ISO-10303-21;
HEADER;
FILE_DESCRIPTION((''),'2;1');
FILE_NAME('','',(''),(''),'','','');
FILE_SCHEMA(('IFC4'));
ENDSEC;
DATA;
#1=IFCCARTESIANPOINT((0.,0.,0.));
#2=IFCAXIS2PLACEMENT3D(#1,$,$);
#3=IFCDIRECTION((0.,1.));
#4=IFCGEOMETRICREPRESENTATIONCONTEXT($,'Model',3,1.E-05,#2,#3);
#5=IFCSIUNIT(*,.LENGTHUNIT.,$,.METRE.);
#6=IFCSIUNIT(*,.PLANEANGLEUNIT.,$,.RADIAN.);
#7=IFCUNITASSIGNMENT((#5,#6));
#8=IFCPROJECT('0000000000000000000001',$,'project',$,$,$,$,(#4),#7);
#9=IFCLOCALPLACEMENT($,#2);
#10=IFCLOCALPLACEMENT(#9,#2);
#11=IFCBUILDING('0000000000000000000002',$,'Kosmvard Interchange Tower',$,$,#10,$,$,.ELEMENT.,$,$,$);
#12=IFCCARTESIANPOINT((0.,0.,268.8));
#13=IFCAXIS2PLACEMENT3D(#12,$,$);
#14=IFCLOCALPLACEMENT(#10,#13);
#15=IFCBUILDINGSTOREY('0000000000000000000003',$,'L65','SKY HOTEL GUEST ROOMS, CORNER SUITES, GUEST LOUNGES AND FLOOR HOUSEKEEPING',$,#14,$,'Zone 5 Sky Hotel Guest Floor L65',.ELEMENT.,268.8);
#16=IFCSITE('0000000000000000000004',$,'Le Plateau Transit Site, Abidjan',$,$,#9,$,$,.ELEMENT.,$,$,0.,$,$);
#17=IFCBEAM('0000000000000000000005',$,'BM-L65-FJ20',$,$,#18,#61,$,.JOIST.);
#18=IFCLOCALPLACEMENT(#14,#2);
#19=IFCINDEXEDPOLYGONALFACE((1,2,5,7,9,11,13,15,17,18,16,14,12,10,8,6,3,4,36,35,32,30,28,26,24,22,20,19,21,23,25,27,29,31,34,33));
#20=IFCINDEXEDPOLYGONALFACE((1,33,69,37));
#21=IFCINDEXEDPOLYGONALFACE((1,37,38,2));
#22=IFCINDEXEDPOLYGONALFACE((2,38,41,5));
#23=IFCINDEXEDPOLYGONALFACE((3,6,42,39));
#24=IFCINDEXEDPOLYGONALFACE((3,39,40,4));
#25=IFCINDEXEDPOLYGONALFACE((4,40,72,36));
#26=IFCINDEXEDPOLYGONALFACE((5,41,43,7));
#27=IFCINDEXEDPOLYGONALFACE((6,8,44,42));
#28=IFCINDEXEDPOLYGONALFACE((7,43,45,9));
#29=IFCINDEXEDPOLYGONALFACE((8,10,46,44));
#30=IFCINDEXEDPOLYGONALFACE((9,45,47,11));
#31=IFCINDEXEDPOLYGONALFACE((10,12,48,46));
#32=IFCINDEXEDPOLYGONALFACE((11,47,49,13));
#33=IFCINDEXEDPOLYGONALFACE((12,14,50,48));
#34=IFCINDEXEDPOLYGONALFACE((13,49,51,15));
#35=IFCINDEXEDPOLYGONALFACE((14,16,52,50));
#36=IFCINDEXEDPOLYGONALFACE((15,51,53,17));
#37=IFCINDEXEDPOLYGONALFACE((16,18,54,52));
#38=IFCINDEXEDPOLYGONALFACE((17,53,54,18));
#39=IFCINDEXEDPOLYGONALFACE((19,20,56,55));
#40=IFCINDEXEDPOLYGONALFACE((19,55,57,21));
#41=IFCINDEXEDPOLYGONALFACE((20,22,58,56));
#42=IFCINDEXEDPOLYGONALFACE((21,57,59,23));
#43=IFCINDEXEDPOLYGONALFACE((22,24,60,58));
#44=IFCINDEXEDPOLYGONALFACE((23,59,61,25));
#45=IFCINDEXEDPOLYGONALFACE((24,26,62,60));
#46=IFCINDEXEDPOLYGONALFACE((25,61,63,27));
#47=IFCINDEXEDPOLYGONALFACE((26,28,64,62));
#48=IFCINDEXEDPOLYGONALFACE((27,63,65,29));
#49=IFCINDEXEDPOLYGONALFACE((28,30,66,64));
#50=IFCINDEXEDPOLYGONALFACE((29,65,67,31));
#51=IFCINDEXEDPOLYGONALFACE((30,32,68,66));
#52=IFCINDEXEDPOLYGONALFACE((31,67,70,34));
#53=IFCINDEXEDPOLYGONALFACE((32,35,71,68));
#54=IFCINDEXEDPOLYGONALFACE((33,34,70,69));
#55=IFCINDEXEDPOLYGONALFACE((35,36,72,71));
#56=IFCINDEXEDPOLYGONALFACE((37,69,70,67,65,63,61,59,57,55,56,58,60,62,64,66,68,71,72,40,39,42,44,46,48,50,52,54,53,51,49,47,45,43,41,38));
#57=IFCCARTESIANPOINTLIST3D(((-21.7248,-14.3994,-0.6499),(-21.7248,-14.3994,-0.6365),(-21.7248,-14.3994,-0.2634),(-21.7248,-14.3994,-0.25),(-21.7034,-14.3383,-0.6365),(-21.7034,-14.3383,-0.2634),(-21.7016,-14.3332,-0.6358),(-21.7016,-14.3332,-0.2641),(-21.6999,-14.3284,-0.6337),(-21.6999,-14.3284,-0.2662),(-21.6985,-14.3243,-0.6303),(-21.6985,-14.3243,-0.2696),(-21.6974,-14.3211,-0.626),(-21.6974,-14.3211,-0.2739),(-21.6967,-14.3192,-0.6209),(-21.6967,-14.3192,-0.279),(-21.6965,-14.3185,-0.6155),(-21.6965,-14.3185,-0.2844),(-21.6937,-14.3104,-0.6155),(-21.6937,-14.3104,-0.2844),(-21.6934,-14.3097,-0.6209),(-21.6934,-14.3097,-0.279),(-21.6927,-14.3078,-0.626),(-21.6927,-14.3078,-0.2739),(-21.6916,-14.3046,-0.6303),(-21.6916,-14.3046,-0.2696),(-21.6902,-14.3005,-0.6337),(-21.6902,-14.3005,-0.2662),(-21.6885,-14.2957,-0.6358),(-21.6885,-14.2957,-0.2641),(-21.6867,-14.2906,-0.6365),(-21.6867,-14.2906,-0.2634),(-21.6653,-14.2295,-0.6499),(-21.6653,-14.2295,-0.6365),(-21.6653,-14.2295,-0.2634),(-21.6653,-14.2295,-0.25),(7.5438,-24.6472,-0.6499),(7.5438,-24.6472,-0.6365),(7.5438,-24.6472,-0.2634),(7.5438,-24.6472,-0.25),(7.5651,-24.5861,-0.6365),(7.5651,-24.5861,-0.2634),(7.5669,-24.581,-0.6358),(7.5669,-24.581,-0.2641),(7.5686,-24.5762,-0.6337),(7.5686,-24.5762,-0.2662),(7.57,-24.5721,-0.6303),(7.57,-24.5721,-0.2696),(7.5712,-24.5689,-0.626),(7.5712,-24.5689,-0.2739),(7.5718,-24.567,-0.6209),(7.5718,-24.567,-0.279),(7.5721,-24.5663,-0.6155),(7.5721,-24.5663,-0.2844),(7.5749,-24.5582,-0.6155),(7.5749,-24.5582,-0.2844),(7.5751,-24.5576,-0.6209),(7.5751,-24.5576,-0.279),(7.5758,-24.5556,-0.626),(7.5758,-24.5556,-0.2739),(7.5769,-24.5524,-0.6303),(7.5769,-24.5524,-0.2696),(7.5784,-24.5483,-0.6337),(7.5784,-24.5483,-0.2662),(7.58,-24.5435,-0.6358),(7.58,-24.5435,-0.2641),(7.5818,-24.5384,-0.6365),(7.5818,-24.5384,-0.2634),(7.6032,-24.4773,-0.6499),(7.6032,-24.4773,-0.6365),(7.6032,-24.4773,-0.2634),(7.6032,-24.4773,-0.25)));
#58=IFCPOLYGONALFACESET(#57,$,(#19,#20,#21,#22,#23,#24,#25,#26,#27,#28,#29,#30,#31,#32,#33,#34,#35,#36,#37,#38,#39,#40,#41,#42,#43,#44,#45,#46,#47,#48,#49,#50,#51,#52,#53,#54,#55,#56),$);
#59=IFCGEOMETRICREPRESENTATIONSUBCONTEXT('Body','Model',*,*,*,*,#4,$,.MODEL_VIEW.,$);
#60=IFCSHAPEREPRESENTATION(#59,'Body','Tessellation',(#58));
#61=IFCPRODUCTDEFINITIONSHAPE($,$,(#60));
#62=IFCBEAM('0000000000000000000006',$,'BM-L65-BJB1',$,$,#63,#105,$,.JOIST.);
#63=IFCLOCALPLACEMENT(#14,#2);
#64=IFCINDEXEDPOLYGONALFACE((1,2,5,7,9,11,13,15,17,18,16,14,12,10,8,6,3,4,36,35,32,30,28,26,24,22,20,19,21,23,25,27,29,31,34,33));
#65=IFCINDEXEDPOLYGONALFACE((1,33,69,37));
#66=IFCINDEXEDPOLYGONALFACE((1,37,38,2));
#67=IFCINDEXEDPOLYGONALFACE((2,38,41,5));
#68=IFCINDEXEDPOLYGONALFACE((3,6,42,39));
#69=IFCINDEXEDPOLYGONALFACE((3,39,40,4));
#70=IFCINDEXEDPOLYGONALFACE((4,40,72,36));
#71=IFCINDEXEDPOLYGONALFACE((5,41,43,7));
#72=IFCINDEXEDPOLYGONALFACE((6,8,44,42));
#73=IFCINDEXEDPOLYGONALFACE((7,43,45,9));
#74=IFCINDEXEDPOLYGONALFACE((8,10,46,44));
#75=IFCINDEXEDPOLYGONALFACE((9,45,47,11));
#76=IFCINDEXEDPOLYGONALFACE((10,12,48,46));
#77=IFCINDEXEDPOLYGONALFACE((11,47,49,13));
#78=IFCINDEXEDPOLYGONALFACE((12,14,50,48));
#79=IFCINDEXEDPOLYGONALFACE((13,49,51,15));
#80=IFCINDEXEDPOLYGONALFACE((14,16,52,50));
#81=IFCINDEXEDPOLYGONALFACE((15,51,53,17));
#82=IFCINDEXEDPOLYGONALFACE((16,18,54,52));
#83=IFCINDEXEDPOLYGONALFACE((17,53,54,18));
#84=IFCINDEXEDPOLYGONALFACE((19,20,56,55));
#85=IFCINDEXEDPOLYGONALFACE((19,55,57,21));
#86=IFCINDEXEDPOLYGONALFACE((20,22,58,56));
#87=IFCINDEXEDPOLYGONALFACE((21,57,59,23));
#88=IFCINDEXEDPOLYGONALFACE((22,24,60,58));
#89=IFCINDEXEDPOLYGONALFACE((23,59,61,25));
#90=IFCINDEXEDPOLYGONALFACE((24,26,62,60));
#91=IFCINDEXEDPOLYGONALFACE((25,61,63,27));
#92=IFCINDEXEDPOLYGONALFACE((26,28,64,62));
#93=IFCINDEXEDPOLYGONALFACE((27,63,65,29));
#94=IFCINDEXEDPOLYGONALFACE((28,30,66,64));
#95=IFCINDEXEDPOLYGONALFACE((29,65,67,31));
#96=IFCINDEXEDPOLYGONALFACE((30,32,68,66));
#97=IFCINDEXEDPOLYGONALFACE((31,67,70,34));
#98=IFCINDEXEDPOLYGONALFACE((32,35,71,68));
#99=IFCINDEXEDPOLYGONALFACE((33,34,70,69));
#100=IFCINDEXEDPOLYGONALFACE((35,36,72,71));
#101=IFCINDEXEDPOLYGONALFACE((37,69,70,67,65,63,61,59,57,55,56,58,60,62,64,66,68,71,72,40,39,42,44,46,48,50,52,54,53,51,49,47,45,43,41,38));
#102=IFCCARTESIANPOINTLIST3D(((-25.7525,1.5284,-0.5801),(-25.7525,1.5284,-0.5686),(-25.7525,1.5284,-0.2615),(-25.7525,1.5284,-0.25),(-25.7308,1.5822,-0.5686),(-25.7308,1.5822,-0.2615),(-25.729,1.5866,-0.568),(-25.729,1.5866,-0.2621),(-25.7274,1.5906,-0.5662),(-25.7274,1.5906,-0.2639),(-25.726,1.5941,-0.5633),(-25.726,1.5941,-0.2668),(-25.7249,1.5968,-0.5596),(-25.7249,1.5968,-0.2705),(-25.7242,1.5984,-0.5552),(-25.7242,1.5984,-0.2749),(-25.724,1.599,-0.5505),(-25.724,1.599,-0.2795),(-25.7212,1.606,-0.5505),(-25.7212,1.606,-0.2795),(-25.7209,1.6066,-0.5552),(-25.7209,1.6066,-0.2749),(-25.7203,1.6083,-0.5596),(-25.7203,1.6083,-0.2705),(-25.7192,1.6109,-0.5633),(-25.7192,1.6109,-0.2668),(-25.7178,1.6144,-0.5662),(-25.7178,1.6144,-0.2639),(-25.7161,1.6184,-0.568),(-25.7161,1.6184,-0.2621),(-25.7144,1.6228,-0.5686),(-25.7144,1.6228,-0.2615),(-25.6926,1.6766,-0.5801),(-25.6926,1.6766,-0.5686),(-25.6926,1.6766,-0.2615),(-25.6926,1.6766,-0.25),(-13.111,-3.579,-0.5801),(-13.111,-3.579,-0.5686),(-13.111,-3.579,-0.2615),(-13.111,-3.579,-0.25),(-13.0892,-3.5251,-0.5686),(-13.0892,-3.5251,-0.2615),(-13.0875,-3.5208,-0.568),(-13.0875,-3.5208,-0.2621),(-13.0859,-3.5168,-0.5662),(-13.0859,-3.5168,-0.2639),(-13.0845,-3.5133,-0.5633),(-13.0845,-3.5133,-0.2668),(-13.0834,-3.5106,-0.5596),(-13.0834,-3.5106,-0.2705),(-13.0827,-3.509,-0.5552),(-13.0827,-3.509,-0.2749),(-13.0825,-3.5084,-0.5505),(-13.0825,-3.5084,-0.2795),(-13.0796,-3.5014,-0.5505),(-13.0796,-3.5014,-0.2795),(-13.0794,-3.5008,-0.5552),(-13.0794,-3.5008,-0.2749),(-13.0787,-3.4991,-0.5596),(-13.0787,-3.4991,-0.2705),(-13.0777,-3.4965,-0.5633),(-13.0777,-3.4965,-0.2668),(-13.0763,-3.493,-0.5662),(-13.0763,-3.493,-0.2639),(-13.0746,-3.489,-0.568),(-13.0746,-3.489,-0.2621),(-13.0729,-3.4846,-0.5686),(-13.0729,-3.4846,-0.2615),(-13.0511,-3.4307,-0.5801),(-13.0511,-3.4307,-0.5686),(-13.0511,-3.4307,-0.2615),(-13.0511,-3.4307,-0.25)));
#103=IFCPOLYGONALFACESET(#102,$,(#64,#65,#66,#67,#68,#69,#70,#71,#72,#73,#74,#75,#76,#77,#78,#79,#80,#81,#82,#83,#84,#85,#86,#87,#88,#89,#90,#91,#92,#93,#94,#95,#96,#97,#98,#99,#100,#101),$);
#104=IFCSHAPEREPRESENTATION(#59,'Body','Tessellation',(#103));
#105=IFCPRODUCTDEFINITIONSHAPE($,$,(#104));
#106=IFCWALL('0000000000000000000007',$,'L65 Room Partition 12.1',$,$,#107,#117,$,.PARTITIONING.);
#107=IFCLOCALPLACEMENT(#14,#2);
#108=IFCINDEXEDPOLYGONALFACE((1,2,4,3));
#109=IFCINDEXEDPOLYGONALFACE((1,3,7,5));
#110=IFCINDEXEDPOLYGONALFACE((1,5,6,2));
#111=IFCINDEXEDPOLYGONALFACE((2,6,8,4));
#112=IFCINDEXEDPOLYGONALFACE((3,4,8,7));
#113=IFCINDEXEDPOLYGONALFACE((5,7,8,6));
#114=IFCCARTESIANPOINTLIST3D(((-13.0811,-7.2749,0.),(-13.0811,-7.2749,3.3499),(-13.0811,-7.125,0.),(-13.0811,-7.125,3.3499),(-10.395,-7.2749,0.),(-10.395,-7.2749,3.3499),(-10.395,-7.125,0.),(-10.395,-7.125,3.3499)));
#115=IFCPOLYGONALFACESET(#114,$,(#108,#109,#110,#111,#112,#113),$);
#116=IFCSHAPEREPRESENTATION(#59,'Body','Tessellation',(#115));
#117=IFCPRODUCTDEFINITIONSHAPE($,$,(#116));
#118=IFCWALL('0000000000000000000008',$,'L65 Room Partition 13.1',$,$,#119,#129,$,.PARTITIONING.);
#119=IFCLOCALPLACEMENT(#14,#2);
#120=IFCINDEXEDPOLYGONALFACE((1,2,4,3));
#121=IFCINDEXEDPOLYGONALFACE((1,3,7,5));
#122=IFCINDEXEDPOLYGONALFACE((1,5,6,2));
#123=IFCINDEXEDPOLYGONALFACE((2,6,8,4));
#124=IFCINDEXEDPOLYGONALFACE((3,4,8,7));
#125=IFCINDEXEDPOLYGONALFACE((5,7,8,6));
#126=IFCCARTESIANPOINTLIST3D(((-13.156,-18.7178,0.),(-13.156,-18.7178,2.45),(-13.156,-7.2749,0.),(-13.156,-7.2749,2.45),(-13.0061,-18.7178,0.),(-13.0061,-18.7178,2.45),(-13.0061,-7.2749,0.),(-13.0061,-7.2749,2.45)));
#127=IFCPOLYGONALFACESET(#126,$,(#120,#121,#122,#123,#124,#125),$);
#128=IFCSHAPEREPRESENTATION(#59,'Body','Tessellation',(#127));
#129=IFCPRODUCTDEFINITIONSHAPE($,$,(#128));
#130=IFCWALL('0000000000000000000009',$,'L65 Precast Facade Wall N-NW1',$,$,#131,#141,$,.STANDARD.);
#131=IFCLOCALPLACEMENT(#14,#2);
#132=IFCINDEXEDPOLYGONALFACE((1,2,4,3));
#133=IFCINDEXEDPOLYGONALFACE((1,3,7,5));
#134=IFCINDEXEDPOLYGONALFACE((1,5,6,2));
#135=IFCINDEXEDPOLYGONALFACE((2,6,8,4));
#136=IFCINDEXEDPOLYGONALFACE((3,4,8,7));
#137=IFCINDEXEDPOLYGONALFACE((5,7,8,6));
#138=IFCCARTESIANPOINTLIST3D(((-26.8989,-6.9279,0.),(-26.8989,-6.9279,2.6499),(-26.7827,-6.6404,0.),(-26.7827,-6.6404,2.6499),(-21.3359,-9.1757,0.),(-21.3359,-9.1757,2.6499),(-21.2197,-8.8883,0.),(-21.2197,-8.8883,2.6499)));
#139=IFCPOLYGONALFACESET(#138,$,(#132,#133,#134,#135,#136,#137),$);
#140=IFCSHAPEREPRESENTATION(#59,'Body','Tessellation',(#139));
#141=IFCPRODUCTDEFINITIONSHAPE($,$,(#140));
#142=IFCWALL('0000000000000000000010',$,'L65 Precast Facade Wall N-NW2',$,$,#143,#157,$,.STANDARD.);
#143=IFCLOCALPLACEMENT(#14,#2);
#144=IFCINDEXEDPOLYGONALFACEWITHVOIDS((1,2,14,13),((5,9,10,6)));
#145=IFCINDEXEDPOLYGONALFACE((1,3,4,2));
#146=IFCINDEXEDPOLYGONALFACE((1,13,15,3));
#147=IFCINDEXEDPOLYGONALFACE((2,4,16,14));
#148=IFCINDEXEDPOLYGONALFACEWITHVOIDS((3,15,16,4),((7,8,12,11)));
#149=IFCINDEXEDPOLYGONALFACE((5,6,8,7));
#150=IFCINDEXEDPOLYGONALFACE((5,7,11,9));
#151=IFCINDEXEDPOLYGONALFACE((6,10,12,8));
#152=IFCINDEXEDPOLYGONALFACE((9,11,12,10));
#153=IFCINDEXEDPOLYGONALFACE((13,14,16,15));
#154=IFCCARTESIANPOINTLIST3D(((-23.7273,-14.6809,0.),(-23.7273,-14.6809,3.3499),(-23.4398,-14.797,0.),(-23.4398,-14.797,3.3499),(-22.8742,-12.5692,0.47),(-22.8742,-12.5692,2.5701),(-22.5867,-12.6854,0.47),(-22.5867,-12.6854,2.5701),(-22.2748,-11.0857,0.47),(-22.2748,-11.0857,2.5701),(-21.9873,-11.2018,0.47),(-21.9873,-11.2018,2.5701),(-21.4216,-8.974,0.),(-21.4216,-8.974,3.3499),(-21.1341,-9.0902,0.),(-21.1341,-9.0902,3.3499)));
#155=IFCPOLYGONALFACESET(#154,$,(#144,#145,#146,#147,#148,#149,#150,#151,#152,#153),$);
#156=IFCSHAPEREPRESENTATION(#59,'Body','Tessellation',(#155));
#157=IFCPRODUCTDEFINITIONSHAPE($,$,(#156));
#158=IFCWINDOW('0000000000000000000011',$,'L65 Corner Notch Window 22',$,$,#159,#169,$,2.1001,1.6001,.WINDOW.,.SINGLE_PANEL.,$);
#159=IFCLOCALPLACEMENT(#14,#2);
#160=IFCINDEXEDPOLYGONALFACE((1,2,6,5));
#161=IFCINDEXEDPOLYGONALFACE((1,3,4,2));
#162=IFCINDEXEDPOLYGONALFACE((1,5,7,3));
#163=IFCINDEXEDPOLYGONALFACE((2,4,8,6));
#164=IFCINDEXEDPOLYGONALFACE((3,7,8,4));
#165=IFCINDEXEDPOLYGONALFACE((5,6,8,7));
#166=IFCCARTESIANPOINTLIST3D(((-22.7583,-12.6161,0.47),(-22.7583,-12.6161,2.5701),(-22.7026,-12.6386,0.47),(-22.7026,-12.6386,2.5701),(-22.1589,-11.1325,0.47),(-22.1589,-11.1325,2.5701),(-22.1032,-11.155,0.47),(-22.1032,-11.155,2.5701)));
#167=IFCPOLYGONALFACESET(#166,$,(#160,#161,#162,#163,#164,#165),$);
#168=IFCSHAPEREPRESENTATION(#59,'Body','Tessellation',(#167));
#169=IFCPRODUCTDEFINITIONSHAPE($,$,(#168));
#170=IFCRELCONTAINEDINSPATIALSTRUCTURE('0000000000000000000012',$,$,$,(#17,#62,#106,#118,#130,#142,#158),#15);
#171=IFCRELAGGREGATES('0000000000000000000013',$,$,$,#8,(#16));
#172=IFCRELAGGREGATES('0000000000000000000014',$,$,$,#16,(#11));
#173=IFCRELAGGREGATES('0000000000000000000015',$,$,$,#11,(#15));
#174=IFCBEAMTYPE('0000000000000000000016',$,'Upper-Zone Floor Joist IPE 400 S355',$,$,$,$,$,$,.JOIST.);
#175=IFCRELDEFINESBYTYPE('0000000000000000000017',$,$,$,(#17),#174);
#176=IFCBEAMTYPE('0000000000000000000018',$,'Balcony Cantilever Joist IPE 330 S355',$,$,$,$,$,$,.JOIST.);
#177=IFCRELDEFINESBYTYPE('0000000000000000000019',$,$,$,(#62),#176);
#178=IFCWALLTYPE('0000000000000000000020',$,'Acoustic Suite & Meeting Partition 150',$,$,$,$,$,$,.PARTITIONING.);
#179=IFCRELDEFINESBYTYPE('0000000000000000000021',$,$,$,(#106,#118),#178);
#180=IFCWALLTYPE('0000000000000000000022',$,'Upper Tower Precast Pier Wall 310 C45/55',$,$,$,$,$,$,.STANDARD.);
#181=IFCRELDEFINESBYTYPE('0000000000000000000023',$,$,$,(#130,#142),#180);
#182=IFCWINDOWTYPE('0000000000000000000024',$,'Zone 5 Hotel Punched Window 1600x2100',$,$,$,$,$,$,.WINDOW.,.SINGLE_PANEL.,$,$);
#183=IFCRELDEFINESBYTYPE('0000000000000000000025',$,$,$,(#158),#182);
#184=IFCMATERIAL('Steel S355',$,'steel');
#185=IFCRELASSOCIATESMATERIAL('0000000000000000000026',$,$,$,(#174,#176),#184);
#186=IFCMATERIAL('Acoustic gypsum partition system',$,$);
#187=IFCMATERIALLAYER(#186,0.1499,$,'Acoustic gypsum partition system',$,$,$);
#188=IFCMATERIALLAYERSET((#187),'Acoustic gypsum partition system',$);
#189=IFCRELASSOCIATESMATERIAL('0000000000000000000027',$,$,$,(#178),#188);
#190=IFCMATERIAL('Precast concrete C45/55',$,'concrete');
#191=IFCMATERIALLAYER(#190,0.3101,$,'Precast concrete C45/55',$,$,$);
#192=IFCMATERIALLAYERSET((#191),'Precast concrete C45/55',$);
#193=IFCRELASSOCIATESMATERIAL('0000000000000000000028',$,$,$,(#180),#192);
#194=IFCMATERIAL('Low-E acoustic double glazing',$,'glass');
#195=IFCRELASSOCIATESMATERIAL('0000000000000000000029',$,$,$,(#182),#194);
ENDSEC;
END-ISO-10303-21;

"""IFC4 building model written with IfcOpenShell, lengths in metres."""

from ifc_helpers import new_model, si_unit, direction, frame, frame_2d, origin, origin_2d, place, context, subcontext, project, spatial, rectangle, i_section, extrude, source, transform, mapped, material, layer, layer_set, material_profile, profile_set, type_object, element, fill, save


model = new_model("IFC4")

# Units and contexts
model_context = context("Model", 3, precision=1e-05, world=origin(), true_north=direction((0.0, 1.0)))
body_context = subcontext(model_context, "Body", "Model", "MODEL_VIEW")
ifc_project = project(units=[si_unit("LENGTHUNIT", "METRE"), si_unit("PLANEANGLEUNIT", "RADIAN")], contexts=[model_context])

# Site, building, storey
site_placement = place(None, origin())
site = spatial("IfcSite", under=ifc_project, at=site_placement, Name="Le Plateau Transit Site, Abidjan", CompositionType="ELEMENT", RefElevation=0.0)
building_placement = place(site_placement, origin())
building = spatial("IfcBuilding", under=site, at=building_placement, Name="Kosmvard Interchange Tower", CompositionType="ELEMENT")
storey_placement = place(building_placement, frame((0.0, 0.0, 268.8)))
storey = spatial("IfcBuildingStorey", under=building, at=storey_placement, Name="L65", Description="SKY HOTEL GUEST ROOMS, CORNER SUITES, GUEST LOUNGES AND FLOOR HOUSEKEEPING", LongName="Zone 5 Sky Hotel Guest Floor L65", CompositionType="ELEMENT", Elevation=268.8)

# Beams
ifc_material_1 = material(Name="Steel S355", Category="steel")
ifc_material_2 = material(Name="Precast concrete C45/55", Category="concrete")
ifc_material_profile_1 = material_profile(ifc_material_1, i_section(OverallWidth=0.1799, OverallDepth=0.3999, WebThickness=0.0085, FlangeThickness=0.0134, FilletRadius=0.021, at=origin_2d()), Name="IPE 400")
ifc_profile_set_1 = profile_set([ifc_material_profile_1], Name="Steel S355")
beam_type_1 = type_object("IfcBeamType", Name="Upper-Zone Floor Joist IPE 400 S355", PredefinedType="JOIST", material=ifc_profile_set_1)
shared_shape_1 = source(origin(), body_context, "Body", "SweptSolid", [
    extrude(i_section(OverallWidth=0.1799, OverallDepth=0.3999, WebThickness=0.0085, FlangeThickness=0.0134, FilletRadius=0.021, at=origin_2d()), origin(), (0.0, 0.0, 1.0), 31.0107),
])
beam_1_placement = place(storey_placement, frame((-21.6951, -14.3145, -0.45), z_axis=(0.94382, -0.33046, 0.0), x_axis=(0.33046, 0.94382, 0.0)))
element("IfcBeam", 1, at=beam_1_placement, inside=storey, type_object=beam_type_1, Name="BM-L65-FJ20", PredefinedType="JOIST", context=body_context, shape_type="MappedRepresentation", body=[
    mapped(shared_shape_1, transform((0.0, 0.0, 0.0), scale=1.0)),
])
ifc_material_profile_2 = material_profile(ifc_material_1, i_section(OverallWidth=0.1599, OverallDepth=0.3301, WebThickness=0.0076, FlangeThickness=0.0115, FilletRadius=0.0181, at=origin_2d()), Name="IPE 330")
ifc_profile_set_2 = profile_set([ifc_material_profile_2], Name="Steel S355")
beam_type_2 = type_object("IfcBeamType", Name="Balcony Cantilever Joist IPE 330 S355", PredefinedType="JOIST", material=ifc_profile_set_2)
shared_shape_2 = source(origin(), body_context, "Body", "SweptSolid", [
    extrude(i_section(OverallWidth=0.1599, OverallDepth=0.3301, WebThickness=0.0076, FlangeThickness=0.0115, FilletRadius=0.0181, at=origin_2d()), origin(), (0.0, 0.0, 1.0), 13.6343),
])
beam_2_placement = place(storey_placement, frame((-13.0811, -3.5049, -0.415), z_axis=(-0.927187, 0.374599, 0.0), x_axis=(-0.374599, -0.927187, 0.0)))
element("IfcBeam", 2, at=beam_2_placement, inside=storey, type_object=beam_type_2, Name="BM-L65-BJB1", PredefinedType="JOIST", context=body_context, shape_type="MappedRepresentation", body=[
    mapped(shared_shape_2, transform((0.0, 0.0, 0.0), scale=1.0)),
])

# Walls
ifc_material_3 = material(Name="Acoustic gypsum partition system")
ifc_layer_1 = layer(ifc_material_3, 0.1499, Name="Acoustic gypsum partition system")
ifc_layer_set_1 = layer_set([ifc_layer_1], Name="Acoustic gypsum partition system")
wall_type_1 = type_object("IfcWallType", Name="Acoustic Suite & Meeting Partition 150", PredefinedType="PARTITIONING", material=ifc_layer_set_1)
wall_1_placement = place(storey_placement, frame((-10.395, -7.2, 0.0), z_axis=(0.0, 0.0, 1.0), x_axis=(-1.0, 0.0, 0.0)))
element("IfcWall", 3, at=wall_1_placement, inside=storey, type_object=wall_type_1, Name="L65 Room Partition 12.1", PredefinedType="PARTITIONING", context=body_context, shape_type="SweptSolid", body=[
    extrude(rectangle(XDim=2.686, YDim=0.1499, at=frame_2d((1.343, 0.0))), origin(), (0.0, 0.0, 1.0), 3.3499),
])
wall_2_placement = place(storey_placement, frame((-13.0811, -7.2749, 0.0), z_axis=(0.0, 0.0, 1.0), x_axis=(0.0, -1.0, 0.0)))
element("IfcWall", 4, at=wall_2_placement, inside=storey, type_object=wall_type_1, Name="L65 Room Partition 13.1", PredefinedType="PARTITIONING", context=body_context, shape_type="SweptSolid", body=[
    extrude(rectangle(XDim=11.4429, YDim=0.1499, at=frame_2d((5.7214, 0.0))), origin(), (0.0, 0.0, 1.0), 2.45),
])
ifc_layer_2 = layer(ifc_material_2, 0.3101, Name="Precast concrete C45/55")
ifc_layer_set_2 = layer_set([ifc_layer_2], Name="Precast concrete C45/55")
wall_type_2 = type_object("IfcWallType", Name="Upper Tower Precast Pier Wall 310 C45/55", PredefinedType="STANDARD", material=ifc_layer_set_2)
wall_3_placement = place(storey_placement, frame((-26.8408, -6.7842, 0.0), z_axis=(0.0, 0.0, 1.0), x_axis=(0.927172, -0.374637, 0.0)))
element("IfcWall", 5, at=wall_3_placement, inside=storey, type_object=wall_type_2, Name="L65 Precast Facade Wall N-NW1", PredefinedType="STANDARD", context=body_context, shape_type="SweptSolid", body=[
    extrude(rectangle(XDim=6.0, YDim=0.3101, at=frame_2d((3.0, 0.0))), origin(), (0.0, 0.0, 1.0), 2.6499),
])

# Wall, opening, window
wall_4_placement = place(storey_placement, frame((-21.2778, -9.032, 0.0), z_axis=(0.0, 0.0, 1.0), x_axis=(-0.374603, -0.927185, 0.0)))
wall_4 = element("IfcWall", 6, at=wall_4_placement, inside=storey, type_object=wall_type_2, Name="L65 Precast Facade Wall N-NW2", PredefinedType="STANDARD", context=body_context, shape_type="SweptSolid", body=[
    extrude(rectangle(XDim=6.155, YDim=0.3101, at=frame_2d((3.0776, 0.0))), origin(), (0.0, 0.0, 1.0), 3.3499),
])
opening_1_placement = place(wall_4_placement, frame((2.2776, 0.0, 0.47)))
opening_1 = element("IfcOpeningElement", 7, at=opening_1_placement, cuts=wall_4, PredefinedType="OPENING", context=body_context, shape_type="SweptSolid", body=[
    extrude(rectangle(XDim=1.6001, YDim=2.1001, at=frame_2d((0.8, 1.05))), frame((0.0, 0.165, 0.0), z_axis=(0.0, -1.0, 0.0), x_axis=(1.0, 0.0, 0.0)), (0.0, 0.0, 1.0), 0.3301),
])
ifc_material_4 = material(Name="Low-E acoustic double glazing", Category="glass")
window_type = type_object("IfcWindowType", Name="Zone 5 Hotel Punched Window 1600x2100", PartitioningType="SINGLE_PANEL", PredefinedType="WINDOW", material=ifc_material_4)
shared_shape_3 = source(origin(), body_context, "Body", "SweptSolid", [
    extrude(rectangle(XDim=1.6001, YDim=2.1001, at=frame_2d((0.8, 1.05))), frame((0.0, 0.03, 0.0), z_axis=(0.0, -1.0, 0.0), x_axis=(1.0, 0.0, 0.0)), (0.0, 0.0, 1.0), 0.0601),
])
window_1_placement = place(opening_1_placement, origin())
window_1 = element("IfcWindow", 8, at=window_1_placement, inside=storey, type_object=window_type, Name="L65 Corner Notch Window 22", OverallHeight=2.1001, OverallWidth=1.6001, PartitioningType="SINGLE_PANEL", PredefinedType="WINDOW", context=body_context, shape_type="MappedRepresentation", body=[
    mapped(shared_shape_3, transform((0.0, 0.0, 0.0), scale=1.0)),
])
fill(opening_1, window_1)

save(model, "model.ifc")
